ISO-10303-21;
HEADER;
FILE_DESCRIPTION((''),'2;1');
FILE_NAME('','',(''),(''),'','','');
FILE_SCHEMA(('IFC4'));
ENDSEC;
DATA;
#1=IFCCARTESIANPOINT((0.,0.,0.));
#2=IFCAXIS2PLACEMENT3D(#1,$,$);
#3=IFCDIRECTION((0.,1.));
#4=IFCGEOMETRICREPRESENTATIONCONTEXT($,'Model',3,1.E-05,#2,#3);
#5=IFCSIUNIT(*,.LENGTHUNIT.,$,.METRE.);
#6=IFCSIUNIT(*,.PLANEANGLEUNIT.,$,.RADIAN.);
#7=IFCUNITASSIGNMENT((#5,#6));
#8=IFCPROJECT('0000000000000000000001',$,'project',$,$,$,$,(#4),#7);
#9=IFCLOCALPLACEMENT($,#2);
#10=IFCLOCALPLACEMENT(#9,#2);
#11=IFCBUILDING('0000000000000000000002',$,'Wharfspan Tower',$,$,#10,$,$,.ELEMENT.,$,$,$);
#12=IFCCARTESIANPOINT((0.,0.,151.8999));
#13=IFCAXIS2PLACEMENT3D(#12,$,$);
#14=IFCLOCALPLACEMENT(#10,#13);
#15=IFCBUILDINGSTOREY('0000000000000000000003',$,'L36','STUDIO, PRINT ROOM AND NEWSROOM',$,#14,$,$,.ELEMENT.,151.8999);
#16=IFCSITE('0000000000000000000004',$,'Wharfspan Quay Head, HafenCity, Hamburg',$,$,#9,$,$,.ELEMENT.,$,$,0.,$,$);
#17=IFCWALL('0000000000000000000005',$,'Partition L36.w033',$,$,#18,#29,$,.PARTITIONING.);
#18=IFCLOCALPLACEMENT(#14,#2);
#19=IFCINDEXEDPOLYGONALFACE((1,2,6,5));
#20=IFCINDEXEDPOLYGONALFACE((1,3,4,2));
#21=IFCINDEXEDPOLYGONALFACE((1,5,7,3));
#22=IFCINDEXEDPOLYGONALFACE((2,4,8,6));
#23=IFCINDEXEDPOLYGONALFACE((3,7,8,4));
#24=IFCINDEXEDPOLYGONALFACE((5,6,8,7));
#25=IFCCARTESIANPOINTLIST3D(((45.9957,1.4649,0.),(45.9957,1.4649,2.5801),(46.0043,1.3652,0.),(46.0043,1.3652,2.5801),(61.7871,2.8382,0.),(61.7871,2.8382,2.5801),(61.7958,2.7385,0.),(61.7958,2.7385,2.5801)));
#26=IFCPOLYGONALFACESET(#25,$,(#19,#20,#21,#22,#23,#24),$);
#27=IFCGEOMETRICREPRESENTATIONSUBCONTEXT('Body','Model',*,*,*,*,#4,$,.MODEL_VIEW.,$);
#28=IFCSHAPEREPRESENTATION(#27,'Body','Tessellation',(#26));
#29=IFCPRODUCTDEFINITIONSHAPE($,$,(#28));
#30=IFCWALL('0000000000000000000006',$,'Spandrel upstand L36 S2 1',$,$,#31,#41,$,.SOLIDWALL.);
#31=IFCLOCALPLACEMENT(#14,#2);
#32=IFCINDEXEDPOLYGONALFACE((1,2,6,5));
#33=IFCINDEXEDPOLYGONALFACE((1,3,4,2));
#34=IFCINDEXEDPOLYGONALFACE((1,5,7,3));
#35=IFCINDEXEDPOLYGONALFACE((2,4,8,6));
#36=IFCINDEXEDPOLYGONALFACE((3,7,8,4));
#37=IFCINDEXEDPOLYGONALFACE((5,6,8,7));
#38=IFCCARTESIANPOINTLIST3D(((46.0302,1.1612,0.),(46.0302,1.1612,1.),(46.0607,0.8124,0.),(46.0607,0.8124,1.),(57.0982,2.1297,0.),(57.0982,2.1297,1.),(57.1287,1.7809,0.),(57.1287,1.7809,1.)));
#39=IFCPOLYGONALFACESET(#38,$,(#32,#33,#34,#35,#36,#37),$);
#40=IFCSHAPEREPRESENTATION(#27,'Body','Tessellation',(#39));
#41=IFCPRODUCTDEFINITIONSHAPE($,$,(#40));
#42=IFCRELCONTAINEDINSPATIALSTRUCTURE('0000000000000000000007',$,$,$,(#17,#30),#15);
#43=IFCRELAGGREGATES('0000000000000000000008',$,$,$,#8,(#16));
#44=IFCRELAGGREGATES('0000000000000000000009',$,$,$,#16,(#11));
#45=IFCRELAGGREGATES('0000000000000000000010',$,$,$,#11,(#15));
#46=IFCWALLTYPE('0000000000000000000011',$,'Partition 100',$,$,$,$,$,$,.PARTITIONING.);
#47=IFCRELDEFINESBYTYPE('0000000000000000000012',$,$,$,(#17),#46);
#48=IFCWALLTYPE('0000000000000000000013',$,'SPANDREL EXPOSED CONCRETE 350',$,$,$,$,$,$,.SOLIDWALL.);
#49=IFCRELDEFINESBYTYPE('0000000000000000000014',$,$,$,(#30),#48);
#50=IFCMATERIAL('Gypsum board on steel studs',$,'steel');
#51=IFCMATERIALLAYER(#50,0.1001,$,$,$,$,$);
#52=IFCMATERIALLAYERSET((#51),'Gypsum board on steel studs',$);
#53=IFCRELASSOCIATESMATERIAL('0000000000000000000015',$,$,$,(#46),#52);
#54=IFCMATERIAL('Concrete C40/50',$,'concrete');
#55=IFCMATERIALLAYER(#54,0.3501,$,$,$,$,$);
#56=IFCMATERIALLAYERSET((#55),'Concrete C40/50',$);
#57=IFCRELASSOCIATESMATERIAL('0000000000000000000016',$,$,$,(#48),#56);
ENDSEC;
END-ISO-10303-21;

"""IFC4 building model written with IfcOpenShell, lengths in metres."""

from ifc_helpers import new_model, si_unit, direction, frame, frame_2d, origin, place, context, subcontext, project, spatial, rectangle, extrude, material, layer, layer_set, type_object, element, save


model = new_model("IFC4")

# Units and contexts
model_context = context("Model", 3, precision=1e-05, world=origin(), true_north=direction((0.0, 1.0)))
body_context = subcontext(model_context, "Body", "Model", "MODEL_VIEW")
ifc_project = project(units=[si_unit("LENGTHUNIT", "METRE"), si_unit("PLANEANGLEUNIT", "RADIAN")], contexts=[model_context])

# Site, building, storey
site_placement = place(None, origin())
site = spatial("IfcSite", under=ifc_project, at=site_placement, Name="Wharfspan Quay Head, HafenCity, Hamburg", CompositionType="ELEMENT", RefElevation=0.0)
building_placement = place(site_placement, origin())
building = spatial("IfcBuilding", under=site, at=building_placement, Name="Wharfspan Tower", CompositionType="ELEMENT")
storey_placement = place(building_placement, frame((0.0, 0.0, 151.8999)))
storey = spatial("IfcBuildingStorey", under=building, at=storey_placement, Name="L36", Description="STUDIO, PRINT ROOM AND NEWSROOM", CompositionType="ELEMENT", Elevation=151.8999)

# Walls
ifc_material_1 = material(Name="Gypsum board on steel studs", Category="steel")
ifc_material_2 = material(Name="Concrete C40/50", Category="concrete")
ifc_layer_1 = layer(ifc_material_1, 0.1001)
ifc_layer_set_1 = layer_set([ifc_layer_1], Name="Gypsum board on steel studs")
wall_type_1 = type_object("IfcWallType", Name="Partition 100", PredefinedType="PARTITIONING", material=ifc_layer_set_1)
wall_1_placement = place(storey_placement, frame((46.0, 1.415, 0.0), z_axis=(0.0, 0.0, 1.0), x_axis=(0.996241, 0.086637, 0.0)))
element("IfcWall", 1, at=wall_1_placement, inside=storey, type_object=wall_type_1, Name="Partition L36.w033", PredefinedType="PARTITIONING", context=body_context, shape_type="SweptSolid", body=[
    extrude(rectangle(XDim=15.8511, YDim=0.1001, at=frame_2d((7.9255, 0.0))), origin(), (0.0, 0.0, 1.0), 2.5801),
])
ifc_layer_2 = layer(ifc_material_2, 0.3501)
ifc_layer_set_2 = layer_set([ifc_layer_2], Name="Concrete C40/50")
wall_type_2 = type_object("IfcWallType", Name="SPANDREL EXPOSED CONCRETE 350", PredefinedType="SOLIDWALL", material=ifc_layer_set_2)
wall_2_placement = place(storey_placement, frame((46.0454, 0.9868, 0.0), z_axis=(0.0, 0.0, 1.0), x_axis=(0.996193, 0.087171, 0.0)))
element("IfcWall", 2, at=wall_2_placement, inside=storey, type_object=wall_type_2, Name="Spandrel upstand L36 S2 1", PredefinedType="SOLIDWALL", context=body_context, shape_type="SweptSolid", body=[
    extrude(rectangle(XDim=11.1104, YDim=0.3501, at=frame_2d((5.5552, 0.0))), origin(), (0.0, 0.0, 1.0), 1.0),
])

save(model, "model.ifc")
